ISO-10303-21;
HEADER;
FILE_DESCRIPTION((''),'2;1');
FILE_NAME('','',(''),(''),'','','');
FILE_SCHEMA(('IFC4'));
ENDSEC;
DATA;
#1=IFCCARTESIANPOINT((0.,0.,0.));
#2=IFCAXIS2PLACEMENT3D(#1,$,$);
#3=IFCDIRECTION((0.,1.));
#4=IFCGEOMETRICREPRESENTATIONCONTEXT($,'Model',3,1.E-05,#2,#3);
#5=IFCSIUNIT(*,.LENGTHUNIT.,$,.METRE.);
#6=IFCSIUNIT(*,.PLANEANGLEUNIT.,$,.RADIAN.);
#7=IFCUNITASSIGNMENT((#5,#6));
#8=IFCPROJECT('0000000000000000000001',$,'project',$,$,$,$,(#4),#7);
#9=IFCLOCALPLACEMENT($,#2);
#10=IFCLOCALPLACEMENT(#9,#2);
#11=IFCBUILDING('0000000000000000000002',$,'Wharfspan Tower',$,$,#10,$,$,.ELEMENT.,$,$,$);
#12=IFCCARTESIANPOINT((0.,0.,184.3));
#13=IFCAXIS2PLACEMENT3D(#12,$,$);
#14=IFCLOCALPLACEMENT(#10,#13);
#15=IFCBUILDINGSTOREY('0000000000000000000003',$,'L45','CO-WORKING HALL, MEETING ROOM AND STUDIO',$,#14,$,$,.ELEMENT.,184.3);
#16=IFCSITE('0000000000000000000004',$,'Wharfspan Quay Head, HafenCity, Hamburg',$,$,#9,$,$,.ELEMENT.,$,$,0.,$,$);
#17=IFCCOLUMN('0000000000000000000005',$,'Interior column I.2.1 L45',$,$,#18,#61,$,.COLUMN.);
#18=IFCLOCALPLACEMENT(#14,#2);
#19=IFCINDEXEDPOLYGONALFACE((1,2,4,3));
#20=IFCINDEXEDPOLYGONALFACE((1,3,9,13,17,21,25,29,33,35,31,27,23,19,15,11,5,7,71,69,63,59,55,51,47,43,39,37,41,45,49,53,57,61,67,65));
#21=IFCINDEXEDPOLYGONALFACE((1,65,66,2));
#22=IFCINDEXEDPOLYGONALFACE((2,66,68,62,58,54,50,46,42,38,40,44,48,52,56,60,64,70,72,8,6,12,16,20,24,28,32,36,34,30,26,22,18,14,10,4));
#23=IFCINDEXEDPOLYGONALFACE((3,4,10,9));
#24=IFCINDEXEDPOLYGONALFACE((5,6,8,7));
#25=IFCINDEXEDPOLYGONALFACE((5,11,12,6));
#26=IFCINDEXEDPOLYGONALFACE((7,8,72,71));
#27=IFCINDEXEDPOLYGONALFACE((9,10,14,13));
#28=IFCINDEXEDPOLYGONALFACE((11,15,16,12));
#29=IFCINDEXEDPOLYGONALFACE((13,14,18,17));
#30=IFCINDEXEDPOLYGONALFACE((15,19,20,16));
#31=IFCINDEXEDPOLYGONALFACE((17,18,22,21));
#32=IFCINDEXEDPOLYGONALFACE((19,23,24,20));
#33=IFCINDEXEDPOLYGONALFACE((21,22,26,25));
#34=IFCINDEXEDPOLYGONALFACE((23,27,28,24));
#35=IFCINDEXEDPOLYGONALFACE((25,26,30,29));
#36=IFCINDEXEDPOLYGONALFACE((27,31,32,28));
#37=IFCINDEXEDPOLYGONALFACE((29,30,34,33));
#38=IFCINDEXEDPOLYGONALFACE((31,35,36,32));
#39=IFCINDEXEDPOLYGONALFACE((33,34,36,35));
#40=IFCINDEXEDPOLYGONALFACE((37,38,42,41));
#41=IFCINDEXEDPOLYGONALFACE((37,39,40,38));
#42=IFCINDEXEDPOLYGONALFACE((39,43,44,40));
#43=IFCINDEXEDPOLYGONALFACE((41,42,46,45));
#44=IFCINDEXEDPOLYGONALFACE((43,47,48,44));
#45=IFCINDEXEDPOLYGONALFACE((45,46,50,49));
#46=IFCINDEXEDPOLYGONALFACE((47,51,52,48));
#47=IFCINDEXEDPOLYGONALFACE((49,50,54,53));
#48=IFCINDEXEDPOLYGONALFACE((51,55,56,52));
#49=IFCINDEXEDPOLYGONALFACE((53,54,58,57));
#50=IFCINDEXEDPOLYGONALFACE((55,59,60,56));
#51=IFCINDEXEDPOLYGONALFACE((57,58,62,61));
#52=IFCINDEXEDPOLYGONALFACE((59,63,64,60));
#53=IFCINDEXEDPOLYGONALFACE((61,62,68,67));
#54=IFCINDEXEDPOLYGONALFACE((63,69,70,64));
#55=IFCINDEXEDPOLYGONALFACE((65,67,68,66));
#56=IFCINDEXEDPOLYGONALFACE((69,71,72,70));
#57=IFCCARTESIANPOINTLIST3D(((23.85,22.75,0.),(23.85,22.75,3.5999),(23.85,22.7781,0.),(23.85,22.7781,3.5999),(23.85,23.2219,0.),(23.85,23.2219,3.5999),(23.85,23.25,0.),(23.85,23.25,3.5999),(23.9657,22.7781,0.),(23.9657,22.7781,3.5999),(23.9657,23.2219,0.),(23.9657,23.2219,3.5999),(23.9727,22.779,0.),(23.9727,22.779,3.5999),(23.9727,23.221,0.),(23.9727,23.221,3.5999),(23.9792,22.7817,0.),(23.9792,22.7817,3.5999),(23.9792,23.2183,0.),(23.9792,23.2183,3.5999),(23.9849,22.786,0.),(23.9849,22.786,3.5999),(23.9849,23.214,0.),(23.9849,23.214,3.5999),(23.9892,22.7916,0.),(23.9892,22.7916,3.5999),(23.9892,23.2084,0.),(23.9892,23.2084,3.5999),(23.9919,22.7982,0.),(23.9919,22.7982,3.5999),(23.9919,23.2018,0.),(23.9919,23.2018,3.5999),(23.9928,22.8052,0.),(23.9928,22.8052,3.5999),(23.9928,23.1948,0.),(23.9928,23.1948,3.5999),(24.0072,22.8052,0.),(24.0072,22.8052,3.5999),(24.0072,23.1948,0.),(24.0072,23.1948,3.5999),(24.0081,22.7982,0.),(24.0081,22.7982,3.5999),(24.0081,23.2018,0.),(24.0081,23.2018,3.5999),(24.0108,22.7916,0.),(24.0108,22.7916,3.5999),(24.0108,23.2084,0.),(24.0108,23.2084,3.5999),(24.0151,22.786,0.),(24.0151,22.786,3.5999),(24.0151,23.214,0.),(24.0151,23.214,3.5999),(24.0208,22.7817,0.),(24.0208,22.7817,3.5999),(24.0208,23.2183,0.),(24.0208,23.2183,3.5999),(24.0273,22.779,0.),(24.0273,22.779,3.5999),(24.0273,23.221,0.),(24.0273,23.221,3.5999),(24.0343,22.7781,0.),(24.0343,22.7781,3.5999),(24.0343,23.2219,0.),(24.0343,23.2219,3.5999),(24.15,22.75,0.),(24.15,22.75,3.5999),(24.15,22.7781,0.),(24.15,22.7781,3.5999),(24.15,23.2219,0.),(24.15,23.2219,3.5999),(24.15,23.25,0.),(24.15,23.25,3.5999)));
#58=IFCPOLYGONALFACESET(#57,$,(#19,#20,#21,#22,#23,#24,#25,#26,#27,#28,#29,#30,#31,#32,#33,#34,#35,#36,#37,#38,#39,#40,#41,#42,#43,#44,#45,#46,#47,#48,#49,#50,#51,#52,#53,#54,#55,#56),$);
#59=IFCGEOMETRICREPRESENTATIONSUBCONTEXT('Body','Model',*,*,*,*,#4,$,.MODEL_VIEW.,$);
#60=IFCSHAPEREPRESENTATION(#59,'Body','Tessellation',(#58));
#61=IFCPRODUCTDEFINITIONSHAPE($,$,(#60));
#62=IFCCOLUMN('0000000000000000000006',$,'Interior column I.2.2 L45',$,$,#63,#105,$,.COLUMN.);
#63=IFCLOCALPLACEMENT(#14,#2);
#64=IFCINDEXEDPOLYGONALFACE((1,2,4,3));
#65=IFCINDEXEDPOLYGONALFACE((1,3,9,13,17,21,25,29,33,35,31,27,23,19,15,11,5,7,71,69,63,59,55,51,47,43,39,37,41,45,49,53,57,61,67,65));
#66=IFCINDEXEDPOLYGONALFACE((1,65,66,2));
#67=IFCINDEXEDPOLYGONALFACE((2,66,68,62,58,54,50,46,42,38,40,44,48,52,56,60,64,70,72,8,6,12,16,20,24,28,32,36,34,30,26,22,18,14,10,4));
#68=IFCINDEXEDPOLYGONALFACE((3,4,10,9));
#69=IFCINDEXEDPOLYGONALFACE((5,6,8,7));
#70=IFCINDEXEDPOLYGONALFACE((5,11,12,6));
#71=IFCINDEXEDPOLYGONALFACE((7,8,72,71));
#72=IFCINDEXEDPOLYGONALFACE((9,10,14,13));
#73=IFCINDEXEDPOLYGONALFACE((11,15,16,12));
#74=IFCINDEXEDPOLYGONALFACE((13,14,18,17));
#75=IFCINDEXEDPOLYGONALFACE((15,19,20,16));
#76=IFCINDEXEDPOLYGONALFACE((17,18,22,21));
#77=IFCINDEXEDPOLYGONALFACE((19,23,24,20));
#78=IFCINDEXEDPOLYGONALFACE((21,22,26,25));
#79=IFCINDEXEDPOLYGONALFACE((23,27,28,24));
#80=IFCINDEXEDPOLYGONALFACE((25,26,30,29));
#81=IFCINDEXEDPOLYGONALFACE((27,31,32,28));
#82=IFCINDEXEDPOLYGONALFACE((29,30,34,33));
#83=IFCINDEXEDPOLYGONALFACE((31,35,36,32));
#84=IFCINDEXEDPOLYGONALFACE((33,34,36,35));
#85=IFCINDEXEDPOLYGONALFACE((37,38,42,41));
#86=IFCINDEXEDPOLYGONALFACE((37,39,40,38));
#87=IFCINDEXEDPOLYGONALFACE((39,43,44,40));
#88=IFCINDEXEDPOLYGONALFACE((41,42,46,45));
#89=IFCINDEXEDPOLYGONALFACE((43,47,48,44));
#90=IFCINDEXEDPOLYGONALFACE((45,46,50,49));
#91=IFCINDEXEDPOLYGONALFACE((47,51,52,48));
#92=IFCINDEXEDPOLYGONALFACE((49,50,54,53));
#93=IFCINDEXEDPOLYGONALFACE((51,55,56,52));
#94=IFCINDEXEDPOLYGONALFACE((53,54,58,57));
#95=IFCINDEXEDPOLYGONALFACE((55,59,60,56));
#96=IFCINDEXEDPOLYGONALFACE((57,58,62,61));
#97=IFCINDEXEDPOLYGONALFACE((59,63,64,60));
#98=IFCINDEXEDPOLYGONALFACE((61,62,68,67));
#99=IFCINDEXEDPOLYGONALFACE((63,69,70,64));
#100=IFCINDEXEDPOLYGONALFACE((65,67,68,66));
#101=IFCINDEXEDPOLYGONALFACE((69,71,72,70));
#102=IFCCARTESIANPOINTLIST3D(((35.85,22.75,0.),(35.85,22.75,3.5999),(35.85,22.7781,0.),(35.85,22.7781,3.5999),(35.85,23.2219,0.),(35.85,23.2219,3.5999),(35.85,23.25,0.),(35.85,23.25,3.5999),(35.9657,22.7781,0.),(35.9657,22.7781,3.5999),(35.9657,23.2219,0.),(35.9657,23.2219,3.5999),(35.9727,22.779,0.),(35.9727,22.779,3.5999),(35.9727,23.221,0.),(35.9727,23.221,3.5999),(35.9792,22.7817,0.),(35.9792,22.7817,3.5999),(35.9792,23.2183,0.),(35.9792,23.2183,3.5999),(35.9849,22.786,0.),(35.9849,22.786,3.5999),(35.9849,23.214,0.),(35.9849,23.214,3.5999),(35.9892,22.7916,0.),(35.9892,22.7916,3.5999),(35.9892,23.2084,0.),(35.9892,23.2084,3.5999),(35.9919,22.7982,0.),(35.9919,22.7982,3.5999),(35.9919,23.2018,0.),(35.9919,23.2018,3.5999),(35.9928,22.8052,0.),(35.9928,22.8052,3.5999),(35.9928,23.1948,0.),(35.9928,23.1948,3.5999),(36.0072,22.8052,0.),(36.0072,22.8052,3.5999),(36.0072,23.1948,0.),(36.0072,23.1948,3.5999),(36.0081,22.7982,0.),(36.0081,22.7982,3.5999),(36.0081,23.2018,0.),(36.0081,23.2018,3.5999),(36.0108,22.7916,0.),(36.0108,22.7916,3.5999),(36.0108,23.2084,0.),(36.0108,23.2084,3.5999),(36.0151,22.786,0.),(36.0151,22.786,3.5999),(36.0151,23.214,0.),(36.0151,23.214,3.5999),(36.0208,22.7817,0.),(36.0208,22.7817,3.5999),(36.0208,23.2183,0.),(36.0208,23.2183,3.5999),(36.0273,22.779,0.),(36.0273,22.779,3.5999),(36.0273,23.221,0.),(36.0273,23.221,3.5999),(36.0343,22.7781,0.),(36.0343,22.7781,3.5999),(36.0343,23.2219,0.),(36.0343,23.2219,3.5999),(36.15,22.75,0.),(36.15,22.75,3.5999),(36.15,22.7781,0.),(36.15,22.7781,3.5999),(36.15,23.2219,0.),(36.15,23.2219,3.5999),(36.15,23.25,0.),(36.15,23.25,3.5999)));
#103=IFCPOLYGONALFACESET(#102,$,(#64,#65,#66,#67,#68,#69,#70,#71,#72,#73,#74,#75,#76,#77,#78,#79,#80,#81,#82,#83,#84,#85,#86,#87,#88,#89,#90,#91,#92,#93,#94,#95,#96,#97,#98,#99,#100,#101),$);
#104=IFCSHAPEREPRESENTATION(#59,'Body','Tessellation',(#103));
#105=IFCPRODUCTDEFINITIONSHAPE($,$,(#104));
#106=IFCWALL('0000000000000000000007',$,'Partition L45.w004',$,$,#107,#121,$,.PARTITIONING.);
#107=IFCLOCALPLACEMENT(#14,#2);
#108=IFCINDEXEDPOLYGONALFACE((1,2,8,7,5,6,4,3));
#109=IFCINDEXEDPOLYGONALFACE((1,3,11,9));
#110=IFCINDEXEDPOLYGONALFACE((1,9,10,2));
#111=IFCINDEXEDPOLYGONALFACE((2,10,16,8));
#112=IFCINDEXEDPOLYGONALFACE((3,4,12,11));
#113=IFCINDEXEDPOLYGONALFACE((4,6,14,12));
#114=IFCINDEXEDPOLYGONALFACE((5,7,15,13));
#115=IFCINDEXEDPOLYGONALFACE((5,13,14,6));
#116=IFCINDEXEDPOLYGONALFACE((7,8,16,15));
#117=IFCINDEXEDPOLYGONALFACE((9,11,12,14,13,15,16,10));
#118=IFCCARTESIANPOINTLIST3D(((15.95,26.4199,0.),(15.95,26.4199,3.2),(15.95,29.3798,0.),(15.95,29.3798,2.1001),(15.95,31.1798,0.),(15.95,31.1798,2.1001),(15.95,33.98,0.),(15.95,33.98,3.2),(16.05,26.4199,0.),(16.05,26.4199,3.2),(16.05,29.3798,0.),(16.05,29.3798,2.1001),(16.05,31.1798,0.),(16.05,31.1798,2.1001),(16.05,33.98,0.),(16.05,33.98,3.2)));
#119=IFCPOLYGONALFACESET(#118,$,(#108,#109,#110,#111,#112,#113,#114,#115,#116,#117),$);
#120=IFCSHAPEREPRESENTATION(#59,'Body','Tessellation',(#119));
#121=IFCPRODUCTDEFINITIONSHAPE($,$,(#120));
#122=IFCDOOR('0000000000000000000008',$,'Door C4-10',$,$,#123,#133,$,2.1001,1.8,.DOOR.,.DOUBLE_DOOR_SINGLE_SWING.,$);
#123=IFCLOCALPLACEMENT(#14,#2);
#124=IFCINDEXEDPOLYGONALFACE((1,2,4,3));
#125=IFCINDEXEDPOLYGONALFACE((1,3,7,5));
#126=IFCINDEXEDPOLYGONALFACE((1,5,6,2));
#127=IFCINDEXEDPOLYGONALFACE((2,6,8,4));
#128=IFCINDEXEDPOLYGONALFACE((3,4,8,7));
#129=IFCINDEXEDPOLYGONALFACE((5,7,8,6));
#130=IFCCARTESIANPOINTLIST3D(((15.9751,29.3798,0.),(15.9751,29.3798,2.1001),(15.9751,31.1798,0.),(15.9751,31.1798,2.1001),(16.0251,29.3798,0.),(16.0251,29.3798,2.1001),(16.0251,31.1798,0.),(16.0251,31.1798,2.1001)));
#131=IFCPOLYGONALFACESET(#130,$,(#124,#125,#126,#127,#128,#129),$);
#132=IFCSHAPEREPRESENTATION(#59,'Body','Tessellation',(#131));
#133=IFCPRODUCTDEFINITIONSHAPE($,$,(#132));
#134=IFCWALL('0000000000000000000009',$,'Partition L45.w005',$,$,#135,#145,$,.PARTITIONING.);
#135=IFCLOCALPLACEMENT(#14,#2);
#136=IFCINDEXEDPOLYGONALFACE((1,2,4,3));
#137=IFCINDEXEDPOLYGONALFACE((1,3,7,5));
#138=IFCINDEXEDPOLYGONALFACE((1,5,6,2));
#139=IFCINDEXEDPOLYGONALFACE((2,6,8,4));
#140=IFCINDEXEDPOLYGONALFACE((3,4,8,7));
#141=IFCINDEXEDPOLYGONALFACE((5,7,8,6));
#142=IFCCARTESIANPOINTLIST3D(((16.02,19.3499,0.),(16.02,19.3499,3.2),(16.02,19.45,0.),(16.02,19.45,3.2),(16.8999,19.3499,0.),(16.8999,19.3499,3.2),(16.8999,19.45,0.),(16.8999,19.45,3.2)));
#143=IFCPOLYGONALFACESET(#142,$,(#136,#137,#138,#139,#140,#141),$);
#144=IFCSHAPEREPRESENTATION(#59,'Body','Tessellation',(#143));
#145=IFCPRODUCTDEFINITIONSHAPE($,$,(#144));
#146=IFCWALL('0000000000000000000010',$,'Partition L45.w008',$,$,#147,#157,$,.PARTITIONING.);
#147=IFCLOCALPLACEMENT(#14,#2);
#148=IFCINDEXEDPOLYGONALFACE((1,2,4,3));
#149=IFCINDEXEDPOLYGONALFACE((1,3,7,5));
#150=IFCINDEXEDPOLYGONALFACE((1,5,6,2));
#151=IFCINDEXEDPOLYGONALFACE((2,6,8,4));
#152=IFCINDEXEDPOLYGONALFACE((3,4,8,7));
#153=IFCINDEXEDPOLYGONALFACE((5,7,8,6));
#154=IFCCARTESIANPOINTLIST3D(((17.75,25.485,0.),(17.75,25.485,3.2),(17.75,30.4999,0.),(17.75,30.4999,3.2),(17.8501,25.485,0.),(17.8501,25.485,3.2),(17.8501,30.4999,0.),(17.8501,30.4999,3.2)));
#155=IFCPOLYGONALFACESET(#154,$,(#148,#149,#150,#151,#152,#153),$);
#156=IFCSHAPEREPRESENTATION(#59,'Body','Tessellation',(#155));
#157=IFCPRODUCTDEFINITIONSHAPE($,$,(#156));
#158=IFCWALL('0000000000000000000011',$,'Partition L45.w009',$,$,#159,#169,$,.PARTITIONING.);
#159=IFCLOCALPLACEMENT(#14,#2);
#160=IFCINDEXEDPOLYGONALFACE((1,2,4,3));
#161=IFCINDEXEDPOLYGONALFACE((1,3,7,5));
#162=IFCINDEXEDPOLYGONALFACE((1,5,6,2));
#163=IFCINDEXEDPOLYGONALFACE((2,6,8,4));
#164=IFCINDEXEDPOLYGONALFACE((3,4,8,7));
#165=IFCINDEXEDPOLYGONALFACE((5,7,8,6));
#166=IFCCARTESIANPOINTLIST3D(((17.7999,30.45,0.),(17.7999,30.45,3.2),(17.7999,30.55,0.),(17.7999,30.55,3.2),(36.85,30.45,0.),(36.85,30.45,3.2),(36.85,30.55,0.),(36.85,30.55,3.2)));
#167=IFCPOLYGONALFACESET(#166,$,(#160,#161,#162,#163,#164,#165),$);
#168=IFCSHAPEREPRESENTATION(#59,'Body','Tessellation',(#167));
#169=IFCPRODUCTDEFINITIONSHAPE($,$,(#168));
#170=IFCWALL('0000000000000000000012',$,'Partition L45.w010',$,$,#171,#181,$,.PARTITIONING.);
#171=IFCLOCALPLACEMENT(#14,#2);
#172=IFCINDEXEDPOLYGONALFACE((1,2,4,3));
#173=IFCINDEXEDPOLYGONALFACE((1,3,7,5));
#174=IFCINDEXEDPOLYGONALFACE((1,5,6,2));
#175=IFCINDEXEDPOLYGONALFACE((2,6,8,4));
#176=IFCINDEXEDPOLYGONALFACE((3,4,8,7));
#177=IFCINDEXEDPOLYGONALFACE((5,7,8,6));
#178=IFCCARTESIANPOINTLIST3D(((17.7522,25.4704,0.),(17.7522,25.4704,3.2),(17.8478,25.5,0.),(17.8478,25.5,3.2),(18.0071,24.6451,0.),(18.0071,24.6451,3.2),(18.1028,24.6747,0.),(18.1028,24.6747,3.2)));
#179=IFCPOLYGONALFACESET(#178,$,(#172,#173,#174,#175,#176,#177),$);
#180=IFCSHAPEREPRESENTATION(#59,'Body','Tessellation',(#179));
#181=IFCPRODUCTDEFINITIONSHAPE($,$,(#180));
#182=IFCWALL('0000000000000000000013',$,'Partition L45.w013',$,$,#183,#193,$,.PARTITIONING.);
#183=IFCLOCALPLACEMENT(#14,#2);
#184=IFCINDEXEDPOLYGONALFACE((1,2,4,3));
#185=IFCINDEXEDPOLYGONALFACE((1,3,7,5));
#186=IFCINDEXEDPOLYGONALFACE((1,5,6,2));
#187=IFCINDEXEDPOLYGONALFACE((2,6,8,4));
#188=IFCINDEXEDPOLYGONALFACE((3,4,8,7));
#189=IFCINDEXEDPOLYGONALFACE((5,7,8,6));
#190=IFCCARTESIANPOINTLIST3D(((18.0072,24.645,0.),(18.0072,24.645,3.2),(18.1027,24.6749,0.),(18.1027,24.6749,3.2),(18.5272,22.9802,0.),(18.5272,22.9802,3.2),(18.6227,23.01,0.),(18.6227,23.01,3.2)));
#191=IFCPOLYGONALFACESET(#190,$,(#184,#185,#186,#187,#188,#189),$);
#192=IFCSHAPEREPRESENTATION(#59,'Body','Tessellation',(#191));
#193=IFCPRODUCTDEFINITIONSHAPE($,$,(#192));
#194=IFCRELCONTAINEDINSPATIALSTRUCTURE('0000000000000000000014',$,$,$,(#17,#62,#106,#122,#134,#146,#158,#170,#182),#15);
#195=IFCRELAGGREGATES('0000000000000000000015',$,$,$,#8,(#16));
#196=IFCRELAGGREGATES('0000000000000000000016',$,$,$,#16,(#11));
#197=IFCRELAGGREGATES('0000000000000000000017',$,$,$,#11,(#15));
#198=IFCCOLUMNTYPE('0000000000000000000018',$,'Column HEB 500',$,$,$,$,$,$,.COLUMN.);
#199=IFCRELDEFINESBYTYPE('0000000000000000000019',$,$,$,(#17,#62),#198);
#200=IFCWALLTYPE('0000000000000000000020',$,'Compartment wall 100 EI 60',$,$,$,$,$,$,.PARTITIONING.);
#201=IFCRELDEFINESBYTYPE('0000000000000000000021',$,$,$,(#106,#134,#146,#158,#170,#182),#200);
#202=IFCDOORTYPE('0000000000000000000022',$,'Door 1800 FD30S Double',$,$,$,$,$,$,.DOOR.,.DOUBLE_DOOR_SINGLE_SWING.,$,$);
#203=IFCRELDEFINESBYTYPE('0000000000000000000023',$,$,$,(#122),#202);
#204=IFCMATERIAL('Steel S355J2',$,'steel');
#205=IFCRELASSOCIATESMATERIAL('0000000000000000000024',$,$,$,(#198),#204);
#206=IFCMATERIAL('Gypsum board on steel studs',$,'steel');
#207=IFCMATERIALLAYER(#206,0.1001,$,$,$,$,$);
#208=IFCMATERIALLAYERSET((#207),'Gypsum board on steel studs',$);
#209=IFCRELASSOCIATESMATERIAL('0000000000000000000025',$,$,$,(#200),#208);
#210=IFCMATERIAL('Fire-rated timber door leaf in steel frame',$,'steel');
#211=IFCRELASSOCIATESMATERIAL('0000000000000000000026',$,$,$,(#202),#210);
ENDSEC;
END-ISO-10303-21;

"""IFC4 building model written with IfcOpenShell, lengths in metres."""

from ifc_helpers import new_model, si_unit, direction, frame, frame_2d, origin, origin_2d, place, context, subcontext, project, spatial, rectangle, i_section, extrude, material, layer, layer_set, material_profile, profile_set, type_object, element, fill, save


model = new_model("IFC4")

# Units and contexts
model_context = context("Model", 3, precision=1e-05, world=origin(), true_north=direction((0.0, 1.0)))
body_context = subcontext(model_context, "Body", "Model", "MODEL_VIEW")
ifc_project = project(units=[si_unit("LENGTHUNIT", "METRE"), si_unit("PLANEANGLEUNIT", "RADIAN")], contexts=[model_context])

# Site, building, storey
site_placement = place(None, origin())
site = spatial("IfcSite", under=ifc_project, at=site_placement, Name="Wharfspan Quay Head, HafenCity, Hamburg", CompositionType="ELEMENT", RefElevation=0.0)
building_placement = place(site_placement, origin())
building = spatial("IfcBuilding", under=site, at=building_placement, Name="Wharfspan Tower", CompositionType="ELEMENT")
storey_placement = place(building_placement, frame((0.0, 0.0, 184.3)))
storey = spatial("IfcBuildingStorey", under=building, at=storey_placement, Name="L45", Description="CO-WORKING HALL, MEETING ROOM AND STUDIO", CompositionType="ELEMENT", Elevation=184.3)

# Columns
ifc_material_1 = material(Name="Steel S355J2", Category="steel")
ifc_material_profile = material_profile(ifc_material_1, i_section(OverallWidth=0.3, OverallDepth=0.5, WebThickness=0.0144, FlangeThickness=0.0281, FilletRadius=0.0271, at=origin_2d()))
ifc_profile_set = profile_set([ifc_material_profile], Name="Steel S355J2")
column_type = type_object("IfcColumnType", Name="Column HEB 500", PredefinedType="COLUMN", material=ifc_profile_set)
for number, where, z_axis, x_axis, name in (
    (1, (24.0, 23.0, 0.0), (0.0, 0.0, 1.0), (1.0, 0.0, 0.0), "Interior column I.2.1 L45"),
    (2, (36.0, 23.0, 0.0), (0.0, 0.0, 1.0), (1.0, 0.0, 0.0), "Interior column I.2.2 L45"),
):
    element("IfcColumn", number, at=place(storey_placement, frame(where, z_axis=z_axis, x_axis=x_axis)), inside=storey, type_object=column_type, Name=name, PredefinedType="COLUMN", context=body_context, shape_type="SweptSolid", body=[
        extrude(i_section(OverallWidth=0.3, OverallDepth=0.5, WebThickness=0.0144, FlangeThickness=0.0281, FilletRadius=0.0271, at=origin_2d()), origin(), (0.0, 0.0, 1.0), 3.5999),
    ])

# Wall, opening, door
ifc_material_2 = material(Name="Gypsum board on steel studs", Category="steel")
ifc_layer_1 = layer(ifc_material_2, 0.1001)
ifc_layer_set_1 = layer_set([ifc_layer_1], Name="Gypsum board on steel studs")
wall_type_1 = type_object("IfcWallType", Name="Compartment wall 100 EI 60", PredefinedType="PARTITIONING", material=ifc_layer_set_1)
wall_1_placement = place(storey_placement, frame((16.0, 26.4199, 0.0), z_axis=(0.0, 0.0, 1.0), x_axis=(0.0, 1.0, 0.0)))
wall_1 = element("IfcWall", 3, at=wall_1_placement, inside=storey, type_object=wall_type_1, Name="Partition L45.w004", PredefinedType="PARTITIONING", context=body_context, shape_type="SweptSolid", body=[
    extrude(rectangle(XDim=7.5601, YDim=0.1001, at=frame_2d((3.78, 0.0))), origin(), (0.0, 0.0, 1.0), 3.2),
])
opening_1_placement = place(wall_1_placement, frame((2.96, 0.0, 0.0)))
opening_1 = element("IfcOpeningElement", 4, at=opening_1_placement, cuts=wall_1, PredefinedType="OPENING", context=body_context, shape_type="SweptSolid", body=[
    extrude(rectangle(XDim=1.8, YDim=2.1001, at=frame_2d((0.8999, 1.05))), frame((0.0, 0.0601, 0.0), z_axis=(0.0, -1.0, 0.0), x_axis=(1.0, 0.0, 0.0)), (0.0, 0.0, 1.0), 0.1201),
])
ifc_material_3 = material(Name="Fire-rated timber door leaf in steel frame", Category="steel")
door_type_1 = type_object("IfcDoorType", Name="Door 1800 FD30S Double", OperationType="DOUBLE_DOOR_SINGLE_SWING", PredefinedType="DOOR", material=ifc_material_3)
door_1_placement = place(opening_1_placement, origin())
door_1 = element("IfcDoor", 5, at=door_1_placement, inside=storey, type_object=door_type_1, Name="Door C4-10", OperationType="DOUBLE_DOOR_SINGLE_SWING", OverallHeight=2.1001, OverallWidth=1.8, PredefinedType="DOOR", context=body_context, shape_type="SweptSolid", body=[
    extrude(rectangle(XDim=1.8, YDim=2.1001, at=frame_2d((0.8999, 1.05))), frame((0.0, 0.0249, 0.0), z_axis=(0.0, -1.0, 0.0), x_axis=(1.0, 0.0, 0.0)), (0.0, 0.0, 1.0), 0.05),
])
fill(opening_1, door_1)

# Walls
wall_2_placement = place(storey_placement, frame((16.02, 19.3999, 0.0), z_axis=(0.0, 0.0, 1.0), x_axis=(1.0, 0.0, 0.0)))
element("IfcWall", 6, at=wall_2_placement, inside=storey, type_object=wall_type_1, Name="Partition L45.w005", PredefinedType="PARTITIONING", context=body_context, shape_type="SweptSolid", body=[
    extrude(rectangle(XDim=0.8799, YDim=0.1001, at=frame_2d((0.4399, 0.0))), origin(), (0.0, 0.0, 1.0), 3.2),
])
wall_3_placement = place(storey_placement, frame((17.8, 25.4851, 0.0), z_axis=(0.0, 0.0, 1.0), x_axis=(0.0, 1.0, 0.0)))
element("IfcWall", 7, at=wall_3_placement, inside=storey, type_object=wall_type_1, Name="Partition L45.w008", PredefinedType="PARTITIONING", context=body_context, shape_type="SweptSolid", body=[
    extrude(rectangle(XDim=5.0149, YDim=0.1001, at=frame_2d((2.5073, 0.0))), origin(), (0.0, 0.0, 1.0), 3.2),
])
wall_4_placement = place(storey_placement, frame((17.8, 30.5, 0.0), z_axis=(0.0, 0.0, 1.0), x_axis=(1.0, 0.0, 0.0)))
element("IfcWall", 8, at=wall_4_placement, inside=storey, type_object=wall_type_1, Name="Partition L45.w009", PredefinedType="PARTITIONING", context=body_context, shape_type="SweptSolid", body=[
    extrude(rectangle(XDim=19.05, YDim=0.1001, at=frame_2d((9.5249, 0.0))), origin(), (0.0, 0.0, 1.0), 3.2),
])
wall_5_placement = place(storey_placement, frame((18.0549, 24.6599, 0.0), z_axis=(0.0, 0.0, 1.0), x_axis=(-0.295119, 0.955462, 0.0)))
element("IfcWall", 9, at=wall_5_placement, inside=storey, type_object=wall_type_1, Name="Partition L45.w010", PredefinedType="PARTITIONING", context=body_context, shape_type="SweptSolid", body=[
    extrude(rectangle(XDim=0.8638, YDim=0.1001, at=frame_2d((0.4319, 0.0))), origin(), (0.0, 0.0, 1.0), 3.2),
])
wall_6_placement = place(storey_placement, frame((18.575, 22.9951, 0.0), z_axis=(0.0, 0.0, 1.0), x_axis=(-0.298155, 0.954516, 0.0)))
element("IfcWall", 10, at=wall_6_placement, inside=storey, type_object=wall_type_1, Name="Partition L45.w013", PredefinedType="PARTITIONING", context=body_context, shape_type="SweptSolid", body=[
    extrude(rectangle(XDim=1.7441, YDim=0.1001, at=frame_2d((0.8721, 0.0))), origin(), (0.0, 0.0, 1.0), 3.2),
])

save(model, "model.ifc")
